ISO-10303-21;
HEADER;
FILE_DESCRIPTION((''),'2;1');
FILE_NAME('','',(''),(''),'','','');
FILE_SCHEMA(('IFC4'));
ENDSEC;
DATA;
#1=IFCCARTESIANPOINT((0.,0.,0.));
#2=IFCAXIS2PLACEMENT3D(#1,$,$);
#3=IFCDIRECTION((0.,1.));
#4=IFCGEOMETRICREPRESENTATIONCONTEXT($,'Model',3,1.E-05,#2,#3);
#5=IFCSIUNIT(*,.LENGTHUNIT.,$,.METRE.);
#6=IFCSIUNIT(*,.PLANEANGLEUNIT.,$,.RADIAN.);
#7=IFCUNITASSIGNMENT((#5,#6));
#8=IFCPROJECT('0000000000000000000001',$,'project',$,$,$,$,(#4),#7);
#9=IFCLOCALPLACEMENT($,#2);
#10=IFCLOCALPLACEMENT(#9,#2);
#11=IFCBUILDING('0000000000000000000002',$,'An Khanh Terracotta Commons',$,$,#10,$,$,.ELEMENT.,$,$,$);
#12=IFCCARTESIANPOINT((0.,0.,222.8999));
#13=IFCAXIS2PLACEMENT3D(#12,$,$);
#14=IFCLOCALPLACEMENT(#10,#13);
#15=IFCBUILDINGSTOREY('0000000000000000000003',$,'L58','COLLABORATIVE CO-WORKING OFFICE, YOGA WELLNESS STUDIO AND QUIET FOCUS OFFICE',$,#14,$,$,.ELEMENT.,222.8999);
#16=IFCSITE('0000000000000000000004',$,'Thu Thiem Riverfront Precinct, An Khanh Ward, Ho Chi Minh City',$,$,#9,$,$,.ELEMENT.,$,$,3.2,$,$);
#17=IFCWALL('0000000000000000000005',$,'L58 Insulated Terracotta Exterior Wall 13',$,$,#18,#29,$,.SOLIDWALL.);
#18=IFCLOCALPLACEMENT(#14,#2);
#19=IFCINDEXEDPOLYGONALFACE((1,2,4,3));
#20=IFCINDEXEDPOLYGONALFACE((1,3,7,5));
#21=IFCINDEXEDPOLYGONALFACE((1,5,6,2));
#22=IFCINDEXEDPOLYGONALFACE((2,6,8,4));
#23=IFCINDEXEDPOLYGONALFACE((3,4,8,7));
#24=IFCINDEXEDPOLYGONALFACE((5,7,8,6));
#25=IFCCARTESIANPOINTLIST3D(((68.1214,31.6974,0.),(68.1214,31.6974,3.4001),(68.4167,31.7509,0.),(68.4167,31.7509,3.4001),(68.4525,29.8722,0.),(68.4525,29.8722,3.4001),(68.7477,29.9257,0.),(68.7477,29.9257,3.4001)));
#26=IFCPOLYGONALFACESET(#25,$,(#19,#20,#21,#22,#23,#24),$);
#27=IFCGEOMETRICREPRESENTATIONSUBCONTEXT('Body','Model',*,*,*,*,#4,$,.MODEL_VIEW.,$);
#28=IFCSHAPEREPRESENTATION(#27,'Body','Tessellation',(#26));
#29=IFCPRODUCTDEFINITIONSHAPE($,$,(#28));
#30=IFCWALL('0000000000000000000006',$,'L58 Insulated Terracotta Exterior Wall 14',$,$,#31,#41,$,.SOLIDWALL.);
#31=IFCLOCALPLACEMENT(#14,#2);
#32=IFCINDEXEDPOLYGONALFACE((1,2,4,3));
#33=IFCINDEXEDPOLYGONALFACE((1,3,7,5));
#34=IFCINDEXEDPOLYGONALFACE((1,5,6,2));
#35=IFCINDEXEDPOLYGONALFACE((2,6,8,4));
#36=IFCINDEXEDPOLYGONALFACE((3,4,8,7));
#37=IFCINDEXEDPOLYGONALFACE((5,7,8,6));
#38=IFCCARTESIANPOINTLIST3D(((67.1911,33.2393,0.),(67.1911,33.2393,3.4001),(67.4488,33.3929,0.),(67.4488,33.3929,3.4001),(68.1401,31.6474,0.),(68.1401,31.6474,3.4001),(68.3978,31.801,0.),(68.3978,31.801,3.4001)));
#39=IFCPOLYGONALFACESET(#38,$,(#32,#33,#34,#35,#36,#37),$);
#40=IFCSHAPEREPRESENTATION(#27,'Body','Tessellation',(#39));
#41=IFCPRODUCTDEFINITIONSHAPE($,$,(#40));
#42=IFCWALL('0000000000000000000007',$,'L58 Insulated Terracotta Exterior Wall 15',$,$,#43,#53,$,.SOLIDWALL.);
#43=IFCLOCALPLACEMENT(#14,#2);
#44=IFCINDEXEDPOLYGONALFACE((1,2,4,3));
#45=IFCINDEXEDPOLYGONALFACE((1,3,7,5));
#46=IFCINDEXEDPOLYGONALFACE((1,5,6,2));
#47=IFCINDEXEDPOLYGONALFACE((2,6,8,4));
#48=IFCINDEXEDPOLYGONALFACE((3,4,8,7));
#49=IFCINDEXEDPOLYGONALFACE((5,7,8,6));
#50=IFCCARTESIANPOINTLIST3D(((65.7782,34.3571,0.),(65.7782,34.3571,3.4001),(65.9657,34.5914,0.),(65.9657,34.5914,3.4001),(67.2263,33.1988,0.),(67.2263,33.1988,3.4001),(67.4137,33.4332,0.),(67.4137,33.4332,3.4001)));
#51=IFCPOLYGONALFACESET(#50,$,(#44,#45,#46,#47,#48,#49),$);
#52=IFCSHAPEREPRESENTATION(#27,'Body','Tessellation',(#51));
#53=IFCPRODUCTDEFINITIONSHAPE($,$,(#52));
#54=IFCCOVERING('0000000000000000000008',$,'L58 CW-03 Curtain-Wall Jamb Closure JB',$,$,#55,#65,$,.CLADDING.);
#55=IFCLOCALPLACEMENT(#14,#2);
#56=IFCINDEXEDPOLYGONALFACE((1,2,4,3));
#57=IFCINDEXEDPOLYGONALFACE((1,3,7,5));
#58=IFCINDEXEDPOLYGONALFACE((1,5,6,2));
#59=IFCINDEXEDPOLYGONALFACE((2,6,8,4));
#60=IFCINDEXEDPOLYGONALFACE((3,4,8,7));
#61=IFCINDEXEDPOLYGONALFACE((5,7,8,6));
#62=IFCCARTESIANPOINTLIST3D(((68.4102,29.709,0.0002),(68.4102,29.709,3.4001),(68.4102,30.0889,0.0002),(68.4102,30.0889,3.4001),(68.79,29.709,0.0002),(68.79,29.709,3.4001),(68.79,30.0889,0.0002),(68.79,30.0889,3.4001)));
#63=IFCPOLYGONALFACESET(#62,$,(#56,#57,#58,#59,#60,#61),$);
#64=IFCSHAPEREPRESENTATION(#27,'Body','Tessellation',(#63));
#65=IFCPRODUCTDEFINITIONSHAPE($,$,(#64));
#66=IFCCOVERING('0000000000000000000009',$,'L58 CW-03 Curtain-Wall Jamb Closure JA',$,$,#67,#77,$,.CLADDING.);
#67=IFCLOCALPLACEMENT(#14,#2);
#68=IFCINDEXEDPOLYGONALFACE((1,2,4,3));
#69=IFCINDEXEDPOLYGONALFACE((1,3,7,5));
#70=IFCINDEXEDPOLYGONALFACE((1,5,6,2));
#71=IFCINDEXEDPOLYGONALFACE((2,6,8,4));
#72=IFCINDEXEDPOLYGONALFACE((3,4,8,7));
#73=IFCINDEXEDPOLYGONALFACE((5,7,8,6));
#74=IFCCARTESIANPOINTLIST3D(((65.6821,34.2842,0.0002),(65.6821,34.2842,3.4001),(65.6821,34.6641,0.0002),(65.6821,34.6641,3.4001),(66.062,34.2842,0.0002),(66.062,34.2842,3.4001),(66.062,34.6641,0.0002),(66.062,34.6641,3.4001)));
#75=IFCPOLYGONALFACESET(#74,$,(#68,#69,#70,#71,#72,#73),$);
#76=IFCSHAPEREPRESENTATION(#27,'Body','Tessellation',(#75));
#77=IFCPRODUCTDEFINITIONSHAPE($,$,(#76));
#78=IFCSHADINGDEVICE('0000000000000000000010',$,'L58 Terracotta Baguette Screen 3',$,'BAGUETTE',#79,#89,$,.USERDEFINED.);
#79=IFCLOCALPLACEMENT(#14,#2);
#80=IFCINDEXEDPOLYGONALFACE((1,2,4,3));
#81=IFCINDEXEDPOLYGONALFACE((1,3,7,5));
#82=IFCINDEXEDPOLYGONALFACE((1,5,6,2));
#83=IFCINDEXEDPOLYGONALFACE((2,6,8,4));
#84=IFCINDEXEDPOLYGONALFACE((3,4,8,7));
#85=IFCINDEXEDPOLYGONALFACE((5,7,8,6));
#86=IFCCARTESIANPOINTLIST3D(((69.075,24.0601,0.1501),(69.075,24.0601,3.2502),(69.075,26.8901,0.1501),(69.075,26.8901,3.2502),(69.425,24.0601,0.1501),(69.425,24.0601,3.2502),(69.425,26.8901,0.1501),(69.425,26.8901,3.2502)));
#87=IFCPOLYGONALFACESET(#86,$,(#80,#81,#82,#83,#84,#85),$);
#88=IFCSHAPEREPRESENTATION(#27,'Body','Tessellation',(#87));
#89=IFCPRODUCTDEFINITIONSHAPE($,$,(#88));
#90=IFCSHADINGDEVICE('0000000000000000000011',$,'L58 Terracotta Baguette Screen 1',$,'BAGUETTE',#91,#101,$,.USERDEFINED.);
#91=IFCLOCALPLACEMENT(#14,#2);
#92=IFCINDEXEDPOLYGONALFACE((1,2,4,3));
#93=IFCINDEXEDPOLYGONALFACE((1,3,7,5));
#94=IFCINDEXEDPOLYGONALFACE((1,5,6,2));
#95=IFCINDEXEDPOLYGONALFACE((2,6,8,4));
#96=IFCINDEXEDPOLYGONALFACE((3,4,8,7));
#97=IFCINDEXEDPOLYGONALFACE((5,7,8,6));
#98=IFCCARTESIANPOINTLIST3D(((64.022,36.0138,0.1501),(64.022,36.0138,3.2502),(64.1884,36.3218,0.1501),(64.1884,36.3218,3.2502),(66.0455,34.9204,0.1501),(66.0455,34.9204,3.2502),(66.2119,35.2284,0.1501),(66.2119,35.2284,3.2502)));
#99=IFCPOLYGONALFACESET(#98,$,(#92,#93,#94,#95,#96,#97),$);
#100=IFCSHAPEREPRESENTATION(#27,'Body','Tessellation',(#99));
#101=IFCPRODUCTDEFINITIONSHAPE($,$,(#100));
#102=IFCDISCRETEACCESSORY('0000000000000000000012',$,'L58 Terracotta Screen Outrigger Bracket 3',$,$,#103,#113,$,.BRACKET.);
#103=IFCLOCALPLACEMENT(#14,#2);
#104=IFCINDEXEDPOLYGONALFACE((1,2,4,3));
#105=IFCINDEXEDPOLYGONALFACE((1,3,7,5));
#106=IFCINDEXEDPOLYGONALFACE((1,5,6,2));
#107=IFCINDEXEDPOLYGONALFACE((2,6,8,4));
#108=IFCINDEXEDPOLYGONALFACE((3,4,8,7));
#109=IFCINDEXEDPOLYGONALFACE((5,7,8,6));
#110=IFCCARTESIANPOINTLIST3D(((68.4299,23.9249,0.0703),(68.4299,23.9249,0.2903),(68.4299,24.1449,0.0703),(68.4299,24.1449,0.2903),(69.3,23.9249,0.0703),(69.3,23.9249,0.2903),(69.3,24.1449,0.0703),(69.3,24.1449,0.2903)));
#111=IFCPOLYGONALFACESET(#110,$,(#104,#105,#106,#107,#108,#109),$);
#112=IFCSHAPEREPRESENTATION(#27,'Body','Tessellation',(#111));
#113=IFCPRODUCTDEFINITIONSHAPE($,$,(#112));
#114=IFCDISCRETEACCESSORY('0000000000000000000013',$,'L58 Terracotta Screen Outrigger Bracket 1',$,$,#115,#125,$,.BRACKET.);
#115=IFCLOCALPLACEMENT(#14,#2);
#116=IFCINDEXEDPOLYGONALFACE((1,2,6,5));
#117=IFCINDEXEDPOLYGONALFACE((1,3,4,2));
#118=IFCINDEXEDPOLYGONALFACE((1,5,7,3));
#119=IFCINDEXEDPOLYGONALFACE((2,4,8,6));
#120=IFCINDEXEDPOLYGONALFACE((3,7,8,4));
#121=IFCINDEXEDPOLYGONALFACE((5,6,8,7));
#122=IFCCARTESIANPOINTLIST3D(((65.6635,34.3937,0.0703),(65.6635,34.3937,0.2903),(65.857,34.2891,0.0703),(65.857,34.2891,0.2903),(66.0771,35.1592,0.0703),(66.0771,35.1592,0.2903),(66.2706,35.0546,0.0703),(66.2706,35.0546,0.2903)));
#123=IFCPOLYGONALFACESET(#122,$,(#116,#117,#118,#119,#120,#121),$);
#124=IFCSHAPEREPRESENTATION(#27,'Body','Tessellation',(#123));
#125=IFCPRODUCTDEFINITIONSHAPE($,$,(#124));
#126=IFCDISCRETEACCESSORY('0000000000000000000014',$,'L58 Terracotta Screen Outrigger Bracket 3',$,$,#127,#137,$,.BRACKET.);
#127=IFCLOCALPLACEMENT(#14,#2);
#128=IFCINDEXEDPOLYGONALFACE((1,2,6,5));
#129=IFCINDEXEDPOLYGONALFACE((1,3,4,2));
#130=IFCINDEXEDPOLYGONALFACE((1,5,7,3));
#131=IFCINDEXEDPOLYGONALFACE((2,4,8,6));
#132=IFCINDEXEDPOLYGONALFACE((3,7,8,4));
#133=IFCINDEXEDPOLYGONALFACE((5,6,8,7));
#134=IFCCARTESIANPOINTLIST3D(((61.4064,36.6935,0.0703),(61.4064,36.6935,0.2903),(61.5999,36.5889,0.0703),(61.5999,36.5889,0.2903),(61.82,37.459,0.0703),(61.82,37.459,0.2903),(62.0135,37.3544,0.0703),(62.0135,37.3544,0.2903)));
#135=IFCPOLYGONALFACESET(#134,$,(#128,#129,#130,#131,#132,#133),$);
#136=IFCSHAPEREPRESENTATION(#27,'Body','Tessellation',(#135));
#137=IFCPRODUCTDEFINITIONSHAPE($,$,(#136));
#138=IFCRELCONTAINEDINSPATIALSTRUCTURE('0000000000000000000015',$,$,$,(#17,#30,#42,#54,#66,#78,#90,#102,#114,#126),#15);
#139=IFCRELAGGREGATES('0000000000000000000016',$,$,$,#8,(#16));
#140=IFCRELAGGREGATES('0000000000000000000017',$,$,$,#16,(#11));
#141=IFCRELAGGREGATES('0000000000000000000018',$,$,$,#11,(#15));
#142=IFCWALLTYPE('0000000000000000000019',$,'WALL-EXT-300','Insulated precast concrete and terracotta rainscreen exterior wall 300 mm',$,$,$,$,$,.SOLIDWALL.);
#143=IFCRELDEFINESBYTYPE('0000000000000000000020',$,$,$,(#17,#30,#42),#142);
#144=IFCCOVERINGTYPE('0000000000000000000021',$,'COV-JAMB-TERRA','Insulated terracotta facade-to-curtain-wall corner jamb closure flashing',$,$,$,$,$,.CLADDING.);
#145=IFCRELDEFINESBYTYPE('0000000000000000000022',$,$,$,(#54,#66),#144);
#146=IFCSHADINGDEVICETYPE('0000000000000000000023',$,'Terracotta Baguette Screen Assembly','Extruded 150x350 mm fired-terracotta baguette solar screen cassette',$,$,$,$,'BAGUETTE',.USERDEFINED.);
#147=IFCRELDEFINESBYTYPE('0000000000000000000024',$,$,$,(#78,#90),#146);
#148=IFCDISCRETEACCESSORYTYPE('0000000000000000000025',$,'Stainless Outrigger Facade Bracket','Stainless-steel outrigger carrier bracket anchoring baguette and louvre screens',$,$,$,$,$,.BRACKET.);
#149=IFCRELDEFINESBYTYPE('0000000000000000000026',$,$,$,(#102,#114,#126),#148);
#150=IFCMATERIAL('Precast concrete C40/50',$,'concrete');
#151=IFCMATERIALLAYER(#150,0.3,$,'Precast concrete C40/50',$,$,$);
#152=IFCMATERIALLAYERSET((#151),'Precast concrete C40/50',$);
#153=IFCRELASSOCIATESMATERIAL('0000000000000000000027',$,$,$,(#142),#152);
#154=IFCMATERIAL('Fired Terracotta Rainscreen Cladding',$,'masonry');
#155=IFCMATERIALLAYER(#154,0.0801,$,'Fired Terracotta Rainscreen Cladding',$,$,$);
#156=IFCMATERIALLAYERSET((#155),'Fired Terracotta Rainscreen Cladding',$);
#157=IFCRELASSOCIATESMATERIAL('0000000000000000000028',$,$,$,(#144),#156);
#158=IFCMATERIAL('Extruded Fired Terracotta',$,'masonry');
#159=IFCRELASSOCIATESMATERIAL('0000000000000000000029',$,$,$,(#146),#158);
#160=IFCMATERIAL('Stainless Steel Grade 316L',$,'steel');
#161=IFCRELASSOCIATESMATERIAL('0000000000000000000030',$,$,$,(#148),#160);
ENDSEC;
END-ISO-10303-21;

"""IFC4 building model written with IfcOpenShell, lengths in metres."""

from ifc_helpers import new_model, si_unit, direction, frame, frame_2d, origin, origin_2d, place, context, subcontext, project, spatial, rectangle, extrude, material, layer, layer_set, type_object, element, save


model = new_model("IFC4")

# Units and contexts
model_context = context("Model", 3, precision=1e-05, world=origin(), true_north=direction((0.0, 1.0)))
body_context = subcontext(model_context, "Body", "Model", "MODEL_VIEW")
ifc_project = project(units=[si_unit("LENGTHUNIT", "METRE"), si_unit("PLANEANGLEUNIT", "RADIAN")], contexts=[model_context])

# Site, building, storey
site_placement = place(None, origin())
site = spatial("IfcSite", under=ifc_project, at=site_placement, Name="Thu Thiem Riverfront Precinct, An Khanh Ward, Ho Chi Minh City", CompositionType="ELEMENT", RefElevation=3.2)
building_placement = place(site_placement, origin())
building = spatial("IfcBuilding", under=site, at=building_placement, Name="An Khanh Terracotta Commons", CompositionType="ELEMENT")
storey_placement = place(building_placement, frame((0.0, 0.0, 222.8999)))
storey = spatial("IfcBuildingStorey", under=building, at=storey_placement, Name="L58", Description="COLLABORATIVE CO-WORKING OFFICE, YOGA WELLNESS STUDIO AND QUIET FOCUS OFFICE", CompositionType="ELEMENT", Elevation=222.8999)

# Walls
ifc_material_1 = material(Name="Precast concrete C40/50", Category="concrete")
ifc_layer_1 = layer(ifc_material_1, 0.3, Name="Precast concrete C40/50")
ifc_layer_set_1 = layer_set([ifc_layer_1], Name="Precast concrete C40/50")
wall_type = type_object("IfcWallType", Name="WALL-EXT-300", Description="Insulated precast concrete and terracotta rainscreen exterior wall 300 mm", PredefinedType="SOLIDWALL", material=ifc_layer_set_1)
wall_1_placement = place(storey_placement, frame((68.6001, 29.8989, 0.0), z_axis=(0.0, 0.0, 1.0), x_axis=(-0.178468, 0.983946, 0.0)))
element("IfcWall", 1, at=wall_1_placement, inside=storey, type_object=wall_type, Name="L58 Insulated Terracotta Exterior Wall 13", PredefinedType="SOLIDWALL", context=body_context, shape_type="SweptSolid", body=[
    extrude(rectangle(XDim=1.855, YDim=0.3, at=frame_2d((0.9275, 0.0))), origin(), (0.0, 0.0, 1.0), 3.4001),
])
wall_2_placement = place(storey_placement, frame((68.269, 31.7241, 0.0), z_axis=(0.0, 0.0, 1.0), x_axis=(-0.512072, 0.858943, 0.0)))
element("IfcWall", 2, at=wall_2_placement, inside=storey, type_object=wall_type, Name="L58 Insulated Terracotta Exterior Wall 14", PredefinedType="SOLIDWALL", context=body_context, shape_type="SweptSolid", body=[
    extrude(rectangle(XDim=1.8533, YDim=0.3, at=frame_2d((0.9268, 0.0))), origin(), (0.0, 0.0, 1.0), 3.4001),
])
wall_3_placement = place(storey_placement, frame((67.3201, 33.3159, 0.0), z_axis=(0.0, 0.0, 1.0), x_axis=(-0.78092, 0.624631, 0.0)))
element("IfcWall", 3, at=wall_3_placement, inside=storey, type_object=wall_type, Name="L58 Insulated Terracotta Exterior Wall 15", PredefinedType="SOLIDWALL", context=body_context, shape_type="SweptSolid", body=[
    extrude(rectangle(XDim=1.8542, YDim=0.3, at=frame_2d((0.9272, 0.0))), origin(), (0.0, 0.0, 1.0), 3.4001),
])

# Coverings
ifc_material_2 = material(Name="Fired Terracotta Rainscreen Cladding", Category="masonry")
ifc_layer_2 = layer(ifc_material_2, 0.0801, Name="Fired Terracotta Rainscreen Cladding")
ifc_layer_set_2 = layer_set([ifc_layer_2], Name="Fired Terracotta Rainscreen Cladding")
covering_type = type_object("IfcCoveringType", Name="COV-JAMB-TERRA", Description="Insulated terracotta facade-to-curtain-wall corner jamb closure flashing", PredefinedType="CLADDING", material=ifc_layer_set_2)
for number, where, z_axis, x_axis, name in (
    (4, (68.6001, 29.8989, 0.0002), (0.0, 0.0, 1.0), (1.0, 0.0, 0.0), "L58 CW-03 Curtain-Wall Jamb Closure JB"),
    (5, (65.8721, 34.4741, 0.0002), (0.0, 0.0, 1.0), (1.0, 0.0, 0.0), "L58 CW-03 Curtain-Wall Jamb Closure JA"),
):
    element("IfcCovering", number, at=place(storey_placement, frame(where, z_axis=z_axis, x_axis=x_axis)), inside=storey, type_object=covering_type, Name=name, PredefinedType="CLADDING", context=body_context, shape_type="SweptSolid", body=[
        extrude(rectangle(XDim=0.3799, YDim=0.3799, at=origin_2d()), origin(), (0.0, 0.0, 1.0), 3.3999),
    ])

# Shading devices
ifc_material_3 = material(Name="Extruded Fired Terracotta", Category="masonry")
shading_device_type = type_object("IfcShadingDeviceType", Name="Terracotta Baguette Screen Assembly", Description="Extruded 150x350 mm fired-terracotta baguette solar screen cassette", ElementType="BAGUETTE", PredefinedType="USERDEFINED", material=ifc_material_3)
shading_device_1_placement = place(storey_placement, frame((69.25, 25.4751, 0.1501), z_axis=(0.0, 0.0, 1.0), x_axis=(0.0, 1.0, 0.0)))
element("IfcShadingDevice", 6, at=shading_device_1_placement, inside=storey, type_object=shading_device_type, Name="L58 Terracotta Baguette Screen 3", ObjectType="BAGUETTE", PredefinedType="USERDEFINED", context=body_context, shape_type="SweptSolid", body=[
    extrude(rectangle(XDim=2.8301, YDim=0.3501, at=origin_2d()), origin(), (0.0, 0.0, 1.0), 3.1001),
])
shading_device_2_placement = place(storey_placement, frame((65.1169, 35.6211, 0.1501), z_axis=(0.0, 0.0, 1.0), x_axis=(-0.87978, 0.475381, 0.0)))
element("IfcShadingDevice", 7, at=shading_device_2_placement, inside=storey, type_object=shading_device_type, Name="L58 Terracotta Baguette Screen 1", ObjectType="BAGUETTE", PredefinedType="USERDEFINED", context=body_context, shape_type="SweptSolid", body=[
    extrude(rectangle(XDim=2.3, YDim=0.3501, at=origin_2d()), origin(), (0.0, 0.0, 1.0), 3.1001),
])

# Discrete accessories
ifc_material_4 = material(Name="Stainless Steel Grade 316L", Category="steel")
discrete_accessory_type = type_object("IfcDiscreteAccessoryType", Name="Stainless Outrigger Facade Bracket", Description="Stainless-steel outrigger carrier bracket anchoring baguette and louvre screens", PredefinedType="BRACKET", material=ifc_material_4)
for number, where, z_axis, x_axis, name in (
    (8, (68.865, 24.0349, 0.0703), (0.0, 0.0, 1.0), (0.0, 1.0, 0.0), "L58 Terracotta Screen Outrigger Bracket 3"),
    (9, (65.967, 34.7241, 0.0703), (0.0, 0.0, 1.0), (-0.87978, 0.475381, 0.0), "L58 Terracotta Screen Outrigger Bracket 1"),
    (10, (61.71, 37.0239, 0.0703), (0.0, 0.0, 1.0), (-0.87978, 0.475381, 0.0), "L58 Terracotta Screen Outrigger Bracket 3"),
):
    element("IfcDiscreteAccessory", number, at=place(storey_placement, frame(where, z_axis=z_axis, x_axis=x_axis)), inside=storey, type_object=discrete_accessory_type, Name=name, PredefinedType="BRACKET", context=body_context, shape_type="SweptSolid", body=[
        extrude(rectangle(XDim=0.22, YDim=0.8701, at=origin_2d()), origin(), (0.0, 0.0, 1.0), 0.22),
    ])

save(model, "model.ifc")
